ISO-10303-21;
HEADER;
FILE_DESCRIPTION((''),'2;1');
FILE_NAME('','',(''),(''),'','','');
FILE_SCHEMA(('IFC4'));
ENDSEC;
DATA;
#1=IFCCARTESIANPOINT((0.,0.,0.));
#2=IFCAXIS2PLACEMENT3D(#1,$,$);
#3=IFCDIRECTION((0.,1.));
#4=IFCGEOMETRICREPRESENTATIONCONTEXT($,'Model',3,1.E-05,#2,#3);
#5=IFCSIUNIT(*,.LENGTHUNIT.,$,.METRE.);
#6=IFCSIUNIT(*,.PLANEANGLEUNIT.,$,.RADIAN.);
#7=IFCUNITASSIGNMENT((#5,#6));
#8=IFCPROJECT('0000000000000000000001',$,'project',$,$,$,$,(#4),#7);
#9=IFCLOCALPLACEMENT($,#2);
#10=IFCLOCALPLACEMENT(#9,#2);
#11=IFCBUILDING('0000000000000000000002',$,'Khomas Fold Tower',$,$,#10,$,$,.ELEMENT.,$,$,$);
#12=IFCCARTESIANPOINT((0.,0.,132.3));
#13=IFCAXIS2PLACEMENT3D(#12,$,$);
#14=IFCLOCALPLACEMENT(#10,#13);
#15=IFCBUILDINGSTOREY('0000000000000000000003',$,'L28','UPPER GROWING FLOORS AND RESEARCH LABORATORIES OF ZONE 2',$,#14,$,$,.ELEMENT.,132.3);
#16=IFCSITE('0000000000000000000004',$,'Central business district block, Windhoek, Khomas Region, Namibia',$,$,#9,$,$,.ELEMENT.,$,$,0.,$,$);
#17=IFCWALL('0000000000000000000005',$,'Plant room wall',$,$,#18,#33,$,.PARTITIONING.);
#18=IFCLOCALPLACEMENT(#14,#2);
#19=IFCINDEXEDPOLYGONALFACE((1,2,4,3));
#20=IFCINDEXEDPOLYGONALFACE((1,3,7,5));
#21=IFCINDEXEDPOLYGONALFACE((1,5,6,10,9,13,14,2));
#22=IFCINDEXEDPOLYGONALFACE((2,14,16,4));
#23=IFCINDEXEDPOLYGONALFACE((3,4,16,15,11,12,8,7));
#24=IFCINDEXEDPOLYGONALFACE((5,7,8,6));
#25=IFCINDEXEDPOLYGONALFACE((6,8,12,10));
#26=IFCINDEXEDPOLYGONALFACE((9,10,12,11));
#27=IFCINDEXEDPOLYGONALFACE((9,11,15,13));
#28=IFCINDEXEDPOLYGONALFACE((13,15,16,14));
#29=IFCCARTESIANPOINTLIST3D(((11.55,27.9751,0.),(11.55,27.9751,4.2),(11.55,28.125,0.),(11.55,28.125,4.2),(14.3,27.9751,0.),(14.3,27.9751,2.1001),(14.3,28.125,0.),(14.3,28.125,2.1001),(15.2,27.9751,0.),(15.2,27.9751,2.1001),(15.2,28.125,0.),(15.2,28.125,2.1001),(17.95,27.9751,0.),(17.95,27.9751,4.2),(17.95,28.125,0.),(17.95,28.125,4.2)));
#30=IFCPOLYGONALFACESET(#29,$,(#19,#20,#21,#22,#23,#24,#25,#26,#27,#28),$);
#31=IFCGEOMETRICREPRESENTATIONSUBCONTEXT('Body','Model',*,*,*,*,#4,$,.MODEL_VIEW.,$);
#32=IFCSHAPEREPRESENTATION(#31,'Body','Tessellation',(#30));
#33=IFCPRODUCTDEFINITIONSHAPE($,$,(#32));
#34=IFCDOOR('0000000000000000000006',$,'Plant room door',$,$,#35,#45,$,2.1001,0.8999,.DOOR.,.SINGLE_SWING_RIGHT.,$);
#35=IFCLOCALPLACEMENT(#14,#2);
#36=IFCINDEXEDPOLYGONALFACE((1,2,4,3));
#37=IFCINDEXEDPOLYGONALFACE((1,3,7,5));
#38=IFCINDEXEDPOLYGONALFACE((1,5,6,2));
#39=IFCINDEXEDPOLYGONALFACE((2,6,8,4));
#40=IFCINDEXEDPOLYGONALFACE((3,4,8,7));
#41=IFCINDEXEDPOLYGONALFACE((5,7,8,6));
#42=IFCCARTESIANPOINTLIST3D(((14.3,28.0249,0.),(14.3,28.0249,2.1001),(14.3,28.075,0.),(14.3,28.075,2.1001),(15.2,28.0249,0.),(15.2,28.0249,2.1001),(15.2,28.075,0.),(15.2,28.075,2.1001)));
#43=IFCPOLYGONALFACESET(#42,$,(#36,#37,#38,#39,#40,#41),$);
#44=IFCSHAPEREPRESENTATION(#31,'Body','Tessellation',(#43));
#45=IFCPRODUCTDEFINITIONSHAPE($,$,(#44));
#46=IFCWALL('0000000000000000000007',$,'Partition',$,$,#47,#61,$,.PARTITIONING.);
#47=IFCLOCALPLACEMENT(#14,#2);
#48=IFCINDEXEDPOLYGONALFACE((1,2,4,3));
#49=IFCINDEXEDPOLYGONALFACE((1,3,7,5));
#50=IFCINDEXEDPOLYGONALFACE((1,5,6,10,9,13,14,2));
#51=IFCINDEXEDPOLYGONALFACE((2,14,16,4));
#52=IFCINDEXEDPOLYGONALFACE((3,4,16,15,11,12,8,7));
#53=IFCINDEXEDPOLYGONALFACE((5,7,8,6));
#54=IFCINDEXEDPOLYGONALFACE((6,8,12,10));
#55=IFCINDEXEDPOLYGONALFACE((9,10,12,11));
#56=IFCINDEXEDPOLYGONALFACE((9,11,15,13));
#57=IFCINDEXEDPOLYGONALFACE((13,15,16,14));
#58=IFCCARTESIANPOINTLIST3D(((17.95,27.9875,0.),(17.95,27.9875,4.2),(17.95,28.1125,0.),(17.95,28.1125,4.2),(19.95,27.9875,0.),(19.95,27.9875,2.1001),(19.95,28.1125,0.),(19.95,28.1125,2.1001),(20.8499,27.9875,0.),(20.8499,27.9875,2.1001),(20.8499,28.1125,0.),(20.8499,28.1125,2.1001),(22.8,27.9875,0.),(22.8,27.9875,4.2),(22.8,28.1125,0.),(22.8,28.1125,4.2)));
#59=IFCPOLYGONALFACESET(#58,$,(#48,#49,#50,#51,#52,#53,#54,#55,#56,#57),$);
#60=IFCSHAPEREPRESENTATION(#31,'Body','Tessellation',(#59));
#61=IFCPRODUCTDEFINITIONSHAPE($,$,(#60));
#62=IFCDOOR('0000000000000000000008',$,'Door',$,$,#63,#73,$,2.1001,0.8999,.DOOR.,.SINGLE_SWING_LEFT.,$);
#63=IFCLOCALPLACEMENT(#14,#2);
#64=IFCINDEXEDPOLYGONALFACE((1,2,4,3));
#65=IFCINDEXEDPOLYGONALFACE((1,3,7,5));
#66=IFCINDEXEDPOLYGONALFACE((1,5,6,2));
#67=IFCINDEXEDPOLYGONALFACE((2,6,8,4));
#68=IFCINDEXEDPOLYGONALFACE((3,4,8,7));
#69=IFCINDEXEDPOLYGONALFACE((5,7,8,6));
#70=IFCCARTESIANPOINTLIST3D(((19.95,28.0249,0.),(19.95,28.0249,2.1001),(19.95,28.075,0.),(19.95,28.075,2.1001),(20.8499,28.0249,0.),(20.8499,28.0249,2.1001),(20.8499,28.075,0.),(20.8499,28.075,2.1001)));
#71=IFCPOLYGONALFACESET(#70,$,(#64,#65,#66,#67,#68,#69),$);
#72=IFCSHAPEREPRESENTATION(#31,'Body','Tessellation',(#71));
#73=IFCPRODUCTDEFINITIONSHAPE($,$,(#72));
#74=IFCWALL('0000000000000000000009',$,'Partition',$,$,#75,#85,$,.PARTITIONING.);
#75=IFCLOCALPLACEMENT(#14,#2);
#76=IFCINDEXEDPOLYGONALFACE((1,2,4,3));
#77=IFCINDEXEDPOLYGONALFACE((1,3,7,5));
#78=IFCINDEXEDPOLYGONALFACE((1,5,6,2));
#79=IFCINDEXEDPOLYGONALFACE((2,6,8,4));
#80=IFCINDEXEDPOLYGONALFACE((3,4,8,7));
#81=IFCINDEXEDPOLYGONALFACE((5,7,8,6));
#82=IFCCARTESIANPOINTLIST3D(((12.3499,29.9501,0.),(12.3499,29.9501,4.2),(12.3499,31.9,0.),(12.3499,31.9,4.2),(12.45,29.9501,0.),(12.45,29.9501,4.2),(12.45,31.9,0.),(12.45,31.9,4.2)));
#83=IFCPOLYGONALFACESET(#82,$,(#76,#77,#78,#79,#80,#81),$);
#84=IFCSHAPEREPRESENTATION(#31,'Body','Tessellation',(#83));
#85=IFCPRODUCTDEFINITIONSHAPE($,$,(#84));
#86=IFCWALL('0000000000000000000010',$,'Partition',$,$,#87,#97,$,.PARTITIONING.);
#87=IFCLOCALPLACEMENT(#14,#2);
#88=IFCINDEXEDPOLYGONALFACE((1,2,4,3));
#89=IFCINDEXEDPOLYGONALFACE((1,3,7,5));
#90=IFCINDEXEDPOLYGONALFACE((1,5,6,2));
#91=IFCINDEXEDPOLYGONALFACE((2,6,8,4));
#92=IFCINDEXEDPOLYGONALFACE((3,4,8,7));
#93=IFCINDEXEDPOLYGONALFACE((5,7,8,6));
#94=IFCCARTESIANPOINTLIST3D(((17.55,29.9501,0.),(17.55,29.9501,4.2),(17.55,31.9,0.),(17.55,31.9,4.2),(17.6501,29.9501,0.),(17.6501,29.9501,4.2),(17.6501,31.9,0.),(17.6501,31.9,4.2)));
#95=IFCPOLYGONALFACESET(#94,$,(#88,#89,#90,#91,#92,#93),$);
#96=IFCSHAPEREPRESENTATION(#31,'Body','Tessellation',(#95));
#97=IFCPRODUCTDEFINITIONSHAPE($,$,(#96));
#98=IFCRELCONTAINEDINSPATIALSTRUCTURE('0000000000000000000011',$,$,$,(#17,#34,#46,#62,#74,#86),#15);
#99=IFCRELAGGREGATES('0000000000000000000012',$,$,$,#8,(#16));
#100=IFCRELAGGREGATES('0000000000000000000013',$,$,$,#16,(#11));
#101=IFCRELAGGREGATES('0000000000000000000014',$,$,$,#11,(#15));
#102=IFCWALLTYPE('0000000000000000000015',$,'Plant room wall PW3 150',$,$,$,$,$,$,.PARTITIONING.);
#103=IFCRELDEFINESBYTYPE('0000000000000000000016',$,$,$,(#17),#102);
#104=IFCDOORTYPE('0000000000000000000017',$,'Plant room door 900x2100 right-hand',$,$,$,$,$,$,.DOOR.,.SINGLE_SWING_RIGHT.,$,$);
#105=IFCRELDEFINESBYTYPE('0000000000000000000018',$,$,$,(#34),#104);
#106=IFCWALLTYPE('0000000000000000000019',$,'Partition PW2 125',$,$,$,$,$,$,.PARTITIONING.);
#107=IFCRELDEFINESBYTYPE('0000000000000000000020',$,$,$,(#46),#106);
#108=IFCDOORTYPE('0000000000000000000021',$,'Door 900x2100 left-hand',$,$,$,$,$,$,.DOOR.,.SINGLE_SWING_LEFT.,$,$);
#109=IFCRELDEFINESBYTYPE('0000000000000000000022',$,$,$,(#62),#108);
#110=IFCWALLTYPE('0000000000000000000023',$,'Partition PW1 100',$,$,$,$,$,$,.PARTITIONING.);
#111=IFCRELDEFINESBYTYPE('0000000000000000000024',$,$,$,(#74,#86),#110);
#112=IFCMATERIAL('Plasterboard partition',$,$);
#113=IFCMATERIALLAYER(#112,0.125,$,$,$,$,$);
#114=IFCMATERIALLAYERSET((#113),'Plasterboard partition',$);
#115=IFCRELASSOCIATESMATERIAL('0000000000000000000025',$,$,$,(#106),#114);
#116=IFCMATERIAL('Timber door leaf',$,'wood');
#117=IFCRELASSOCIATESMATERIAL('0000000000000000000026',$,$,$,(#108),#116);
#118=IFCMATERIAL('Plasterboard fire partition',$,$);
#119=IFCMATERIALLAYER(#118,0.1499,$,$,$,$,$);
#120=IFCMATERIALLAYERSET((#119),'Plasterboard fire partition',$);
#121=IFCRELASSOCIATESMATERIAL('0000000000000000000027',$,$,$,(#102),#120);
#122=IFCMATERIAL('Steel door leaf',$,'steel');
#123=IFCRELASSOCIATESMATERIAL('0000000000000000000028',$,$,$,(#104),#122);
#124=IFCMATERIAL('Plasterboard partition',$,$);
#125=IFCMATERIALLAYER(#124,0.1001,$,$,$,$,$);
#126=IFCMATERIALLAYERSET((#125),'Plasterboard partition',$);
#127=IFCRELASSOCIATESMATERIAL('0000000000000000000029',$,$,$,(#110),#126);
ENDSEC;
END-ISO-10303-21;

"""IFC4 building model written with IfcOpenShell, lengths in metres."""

from ifc_helpers import new_model, si_unit, direction, frame, frame_2d, origin, place, context, subcontext, project, spatial, rectangle, extrude, source, transform, mapped, material, layer, layer_set, type_object, element, fill, save


model = new_model("IFC4")

# Units and contexts
model_context = context("Model", 3, precision=1e-05, world=origin(), true_north=direction((0.0, 1.0)))
body_context = subcontext(model_context, "Body", "Model", "MODEL_VIEW")
ifc_project = project(units=[si_unit("LENGTHUNIT", "METRE"), si_unit("PLANEANGLEUNIT", "RADIAN")], contexts=[model_context])

# Site, building, storey
site_placement = place(None, origin())
site = spatial("IfcSite", under=ifc_project, at=site_placement, Name="Central business district block, Windhoek, Khomas Region, Namibia", CompositionType="ELEMENT", RefElevation=0.0)
building_placement = place(site_placement, origin())
building = spatial("IfcBuilding", under=site, at=building_placement, Name="Khomas Fold Tower", CompositionType="ELEMENT")
storey_placement = place(building_placement, frame((0.0, 0.0, 132.3)))
storey = spatial("IfcBuildingStorey", under=building, at=storey_placement, Name="L28", Description="UPPER GROWING FLOORS AND RESEARCH LABORATORIES OF ZONE 2", CompositionType="ELEMENT", Elevation=132.3)

# Shared definitions
ifc_material_1 = material(Name="Plasterboard partition")
ifc_layer_1 = layer(ifc_material_1, 0.125)
ifc_layer_set_1 = layer_set([ifc_layer_1], Name="Plasterboard partition")
wall_type_1 = type_object("IfcWallType", Name="Partition PW2 125", PredefinedType="PARTITIONING", material=ifc_layer_set_1)
shared_shape_1 = source(origin(), body_context, "Body", "SweptSolid", [
    extrude(rectangle(XDim=0.8999, YDim=2.1001, at=frame_2d((0.45, 1.05))), frame((0.0, 0.0725, 0.0), z_axis=(0.0, -1.0, 0.0), x_axis=(1.0, 0.0, 0.0)), (0.0, 0.0, 1.0), 0.145),
])
shared_shape_2 = source(origin(), body_context, "Body", "SweptSolid", [
    extrude(rectangle(XDim=0.8999, YDim=2.1001, at=frame_2d((0.45, 1.05))), frame((0.0, 0.0249, 0.0), z_axis=(0.0, -1.0, 0.0), x_axis=(1.0, 0.0, 0.0)), (0.0, 0.0, 1.0), 0.05),
])
ifc_material_2 = material(Name="Timber door leaf", Category="wood")
door_type_1 = type_object("IfcDoorType", Name="Door 900x2100 left-hand", OperationType="SINGLE_SWING_LEFT", PredefinedType="DOOR", material=ifc_material_2)

# Walls, openings, doors
ifc_material_3 = material(Name="Plasterboard fire partition")
ifc_layer_2 = layer(ifc_material_3, 0.1499)
ifc_layer_set_2 = layer_set([ifc_layer_2], Name="Plasterboard fire partition")
wall_type_2 = type_object("IfcWallType", Name="Plant room wall PW3 150", PredefinedType="PARTITIONING", material=ifc_layer_set_2)
shared_shape_3 = source(origin(), body_context, "Body", "SweptSolid", [
    extrude(rectangle(XDim=6.3999, YDim=0.1499, at=frame_2d((3.2, 0.0))), origin(), (0.0, 0.0, 1.0), 4.2),
])
wall_1_placement = place(storey_placement, frame((11.55, 28.05, 0.0), z_axis=(0.0, 0.0, 1.0), x_axis=(1.0, 0.0, 0.0)))
wall_1 = element("IfcWall", 1, at=wall_1_placement, inside=storey, type_object=wall_type_2, Name="Plant room wall", PredefinedType="PARTITIONING", context=body_context, shape_type="MappedRepresentation", body=[
    mapped(shared_shape_3, transform((0.0, 0.0, 0.0))),
])
shared_shape_4 = source(origin(), body_context, "Body", "SweptSolid", [
    extrude(rectangle(XDim=0.8999, YDim=2.1001, at=frame_2d((0.45, 1.05))), frame((0.0, 0.085, 0.0), z_axis=(0.0, -1.0, 0.0), x_axis=(1.0, 0.0, 0.0)), (0.0, 0.0, 1.0), 0.1699),
])
opening_1_placement = place(wall_1_placement, frame((2.75, 0.0, 0.0)))
opening_1 = element("IfcOpeningElement", 2, at=opening_1_placement, cuts=wall_1, PredefinedType="OPENING", context=body_context, shape_type="MappedRepresentation", body=[
    mapped(shared_shape_4, transform((0.0, 0.0, 0.0))),
])
ifc_material_4 = material(Name="Steel door leaf", Category="steel")
door_type_2 = type_object("IfcDoorType", Name="Plant room door 900x2100 right-hand", OperationType="SINGLE_SWING_RIGHT", PredefinedType="DOOR", material=ifc_material_4)
door_1_placement = place(opening_1_placement, origin())
door_1 = element("IfcDoor", 3, at=door_1_placement, inside=storey, type_object=door_type_2, Name="Plant room door", OperationType="SINGLE_SWING_RIGHT", OverallHeight=2.1001, OverallWidth=0.8999, PredefinedType="DOOR", context=body_context, shape_type="MappedRepresentation", body=[
    mapped(shared_shape_2, transform((0.0, 0.0, 0.0))),
])
fill(opening_1, door_1)
shared_shape_5 = source(origin(), body_context, "Body", "SweptSolid", [
    extrude(rectangle(XDim=4.8501, YDim=0.125, at=frame_2d((2.425, 0.0))), origin(), (0.0, 0.0, 1.0), 4.2),
])
wall_2_placement = place(storey_placement, frame((17.95, 28.05, 0.0), z_axis=(0.0, 0.0, 1.0), x_axis=(1.0, 0.0, 0.0)))
wall_2 = element("IfcWall", 4, at=wall_2_placement, inside=storey, type_object=wall_type_1, Name="Partition", PredefinedType="PARTITIONING", context=body_context, shape_type="MappedRepresentation", body=[
    mapped(shared_shape_5, transform((0.0, 0.0, 0.0))),
])
opening_2_placement = place(wall_2_placement, frame((2.0, 0.0, 0.0)))
opening_2 = element("IfcOpeningElement", 5, at=opening_2_placement, cuts=wall_2, PredefinedType="OPENING", context=body_context, shape_type="MappedRepresentation", body=[
    mapped(shared_shape_1, transform((0.0, 0.0, 0.0))),
])
door_2_placement = place(opening_2_placement, origin())
door_2 = element("IfcDoor", 6, at=door_2_placement, inside=storey, type_object=door_type_1, Name="Door", OperationType="SINGLE_SWING_LEFT", OverallHeight=2.1001, OverallWidth=0.8999, PredefinedType="DOOR", context=body_context, shape_type="MappedRepresentation", body=[
    mapped(shared_shape_2, transform((0.0, 0.0, 0.0))),
])
fill(opening_2, door_2)

# Walls
ifc_material_5 = material(Name="Plasterboard partition")
ifc_layer_3 = layer(ifc_material_5, 0.1001)
ifc_layer_set_3 = layer_set([ifc_layer_3], Name="Plasterboard partition")
wall_type_3 = type_object("IfcWallType", Name="Partition PW1 100", PredefinedType="PARTITIONING", material=ifc_layer_set_3)
shared_shape_6 = source(origin(), body_context, "Body", "SweptSolid", [
    extrude(rectangle(XDim=1.95, YDim=0.1001, at=frame_2d((0.9751, 0.0))), origin(), (0.0, 0.0, 1.0), 4.2),
])
for number, where, z_axis, x_axis, name in (
    (7, (12.3999, 29.95, 0.0), (0.0, 0.0, 1.0), (0.0, 1.0, 0.0), "Partition"),
    (8, (17.6001, 29.95, 0.0), (0.0, 0.0, 1.0), (0.0, 1.0, 0.0), "Partition"),
):
    element("IfcWall", number, at=place(storey_placement, frame(where, z_axis=z_axis, x_axis=x_axis)), inside=storey, type_object=wall_type_3, Name=name, PredefinedType="PARTITIONING", context=body_context, shape_type="MappedRepresentation", body=[
        mapped(shared_shape_6, transform((0.0, 0.0, 0.0))),
    ])

save(model, "model.ifc")
